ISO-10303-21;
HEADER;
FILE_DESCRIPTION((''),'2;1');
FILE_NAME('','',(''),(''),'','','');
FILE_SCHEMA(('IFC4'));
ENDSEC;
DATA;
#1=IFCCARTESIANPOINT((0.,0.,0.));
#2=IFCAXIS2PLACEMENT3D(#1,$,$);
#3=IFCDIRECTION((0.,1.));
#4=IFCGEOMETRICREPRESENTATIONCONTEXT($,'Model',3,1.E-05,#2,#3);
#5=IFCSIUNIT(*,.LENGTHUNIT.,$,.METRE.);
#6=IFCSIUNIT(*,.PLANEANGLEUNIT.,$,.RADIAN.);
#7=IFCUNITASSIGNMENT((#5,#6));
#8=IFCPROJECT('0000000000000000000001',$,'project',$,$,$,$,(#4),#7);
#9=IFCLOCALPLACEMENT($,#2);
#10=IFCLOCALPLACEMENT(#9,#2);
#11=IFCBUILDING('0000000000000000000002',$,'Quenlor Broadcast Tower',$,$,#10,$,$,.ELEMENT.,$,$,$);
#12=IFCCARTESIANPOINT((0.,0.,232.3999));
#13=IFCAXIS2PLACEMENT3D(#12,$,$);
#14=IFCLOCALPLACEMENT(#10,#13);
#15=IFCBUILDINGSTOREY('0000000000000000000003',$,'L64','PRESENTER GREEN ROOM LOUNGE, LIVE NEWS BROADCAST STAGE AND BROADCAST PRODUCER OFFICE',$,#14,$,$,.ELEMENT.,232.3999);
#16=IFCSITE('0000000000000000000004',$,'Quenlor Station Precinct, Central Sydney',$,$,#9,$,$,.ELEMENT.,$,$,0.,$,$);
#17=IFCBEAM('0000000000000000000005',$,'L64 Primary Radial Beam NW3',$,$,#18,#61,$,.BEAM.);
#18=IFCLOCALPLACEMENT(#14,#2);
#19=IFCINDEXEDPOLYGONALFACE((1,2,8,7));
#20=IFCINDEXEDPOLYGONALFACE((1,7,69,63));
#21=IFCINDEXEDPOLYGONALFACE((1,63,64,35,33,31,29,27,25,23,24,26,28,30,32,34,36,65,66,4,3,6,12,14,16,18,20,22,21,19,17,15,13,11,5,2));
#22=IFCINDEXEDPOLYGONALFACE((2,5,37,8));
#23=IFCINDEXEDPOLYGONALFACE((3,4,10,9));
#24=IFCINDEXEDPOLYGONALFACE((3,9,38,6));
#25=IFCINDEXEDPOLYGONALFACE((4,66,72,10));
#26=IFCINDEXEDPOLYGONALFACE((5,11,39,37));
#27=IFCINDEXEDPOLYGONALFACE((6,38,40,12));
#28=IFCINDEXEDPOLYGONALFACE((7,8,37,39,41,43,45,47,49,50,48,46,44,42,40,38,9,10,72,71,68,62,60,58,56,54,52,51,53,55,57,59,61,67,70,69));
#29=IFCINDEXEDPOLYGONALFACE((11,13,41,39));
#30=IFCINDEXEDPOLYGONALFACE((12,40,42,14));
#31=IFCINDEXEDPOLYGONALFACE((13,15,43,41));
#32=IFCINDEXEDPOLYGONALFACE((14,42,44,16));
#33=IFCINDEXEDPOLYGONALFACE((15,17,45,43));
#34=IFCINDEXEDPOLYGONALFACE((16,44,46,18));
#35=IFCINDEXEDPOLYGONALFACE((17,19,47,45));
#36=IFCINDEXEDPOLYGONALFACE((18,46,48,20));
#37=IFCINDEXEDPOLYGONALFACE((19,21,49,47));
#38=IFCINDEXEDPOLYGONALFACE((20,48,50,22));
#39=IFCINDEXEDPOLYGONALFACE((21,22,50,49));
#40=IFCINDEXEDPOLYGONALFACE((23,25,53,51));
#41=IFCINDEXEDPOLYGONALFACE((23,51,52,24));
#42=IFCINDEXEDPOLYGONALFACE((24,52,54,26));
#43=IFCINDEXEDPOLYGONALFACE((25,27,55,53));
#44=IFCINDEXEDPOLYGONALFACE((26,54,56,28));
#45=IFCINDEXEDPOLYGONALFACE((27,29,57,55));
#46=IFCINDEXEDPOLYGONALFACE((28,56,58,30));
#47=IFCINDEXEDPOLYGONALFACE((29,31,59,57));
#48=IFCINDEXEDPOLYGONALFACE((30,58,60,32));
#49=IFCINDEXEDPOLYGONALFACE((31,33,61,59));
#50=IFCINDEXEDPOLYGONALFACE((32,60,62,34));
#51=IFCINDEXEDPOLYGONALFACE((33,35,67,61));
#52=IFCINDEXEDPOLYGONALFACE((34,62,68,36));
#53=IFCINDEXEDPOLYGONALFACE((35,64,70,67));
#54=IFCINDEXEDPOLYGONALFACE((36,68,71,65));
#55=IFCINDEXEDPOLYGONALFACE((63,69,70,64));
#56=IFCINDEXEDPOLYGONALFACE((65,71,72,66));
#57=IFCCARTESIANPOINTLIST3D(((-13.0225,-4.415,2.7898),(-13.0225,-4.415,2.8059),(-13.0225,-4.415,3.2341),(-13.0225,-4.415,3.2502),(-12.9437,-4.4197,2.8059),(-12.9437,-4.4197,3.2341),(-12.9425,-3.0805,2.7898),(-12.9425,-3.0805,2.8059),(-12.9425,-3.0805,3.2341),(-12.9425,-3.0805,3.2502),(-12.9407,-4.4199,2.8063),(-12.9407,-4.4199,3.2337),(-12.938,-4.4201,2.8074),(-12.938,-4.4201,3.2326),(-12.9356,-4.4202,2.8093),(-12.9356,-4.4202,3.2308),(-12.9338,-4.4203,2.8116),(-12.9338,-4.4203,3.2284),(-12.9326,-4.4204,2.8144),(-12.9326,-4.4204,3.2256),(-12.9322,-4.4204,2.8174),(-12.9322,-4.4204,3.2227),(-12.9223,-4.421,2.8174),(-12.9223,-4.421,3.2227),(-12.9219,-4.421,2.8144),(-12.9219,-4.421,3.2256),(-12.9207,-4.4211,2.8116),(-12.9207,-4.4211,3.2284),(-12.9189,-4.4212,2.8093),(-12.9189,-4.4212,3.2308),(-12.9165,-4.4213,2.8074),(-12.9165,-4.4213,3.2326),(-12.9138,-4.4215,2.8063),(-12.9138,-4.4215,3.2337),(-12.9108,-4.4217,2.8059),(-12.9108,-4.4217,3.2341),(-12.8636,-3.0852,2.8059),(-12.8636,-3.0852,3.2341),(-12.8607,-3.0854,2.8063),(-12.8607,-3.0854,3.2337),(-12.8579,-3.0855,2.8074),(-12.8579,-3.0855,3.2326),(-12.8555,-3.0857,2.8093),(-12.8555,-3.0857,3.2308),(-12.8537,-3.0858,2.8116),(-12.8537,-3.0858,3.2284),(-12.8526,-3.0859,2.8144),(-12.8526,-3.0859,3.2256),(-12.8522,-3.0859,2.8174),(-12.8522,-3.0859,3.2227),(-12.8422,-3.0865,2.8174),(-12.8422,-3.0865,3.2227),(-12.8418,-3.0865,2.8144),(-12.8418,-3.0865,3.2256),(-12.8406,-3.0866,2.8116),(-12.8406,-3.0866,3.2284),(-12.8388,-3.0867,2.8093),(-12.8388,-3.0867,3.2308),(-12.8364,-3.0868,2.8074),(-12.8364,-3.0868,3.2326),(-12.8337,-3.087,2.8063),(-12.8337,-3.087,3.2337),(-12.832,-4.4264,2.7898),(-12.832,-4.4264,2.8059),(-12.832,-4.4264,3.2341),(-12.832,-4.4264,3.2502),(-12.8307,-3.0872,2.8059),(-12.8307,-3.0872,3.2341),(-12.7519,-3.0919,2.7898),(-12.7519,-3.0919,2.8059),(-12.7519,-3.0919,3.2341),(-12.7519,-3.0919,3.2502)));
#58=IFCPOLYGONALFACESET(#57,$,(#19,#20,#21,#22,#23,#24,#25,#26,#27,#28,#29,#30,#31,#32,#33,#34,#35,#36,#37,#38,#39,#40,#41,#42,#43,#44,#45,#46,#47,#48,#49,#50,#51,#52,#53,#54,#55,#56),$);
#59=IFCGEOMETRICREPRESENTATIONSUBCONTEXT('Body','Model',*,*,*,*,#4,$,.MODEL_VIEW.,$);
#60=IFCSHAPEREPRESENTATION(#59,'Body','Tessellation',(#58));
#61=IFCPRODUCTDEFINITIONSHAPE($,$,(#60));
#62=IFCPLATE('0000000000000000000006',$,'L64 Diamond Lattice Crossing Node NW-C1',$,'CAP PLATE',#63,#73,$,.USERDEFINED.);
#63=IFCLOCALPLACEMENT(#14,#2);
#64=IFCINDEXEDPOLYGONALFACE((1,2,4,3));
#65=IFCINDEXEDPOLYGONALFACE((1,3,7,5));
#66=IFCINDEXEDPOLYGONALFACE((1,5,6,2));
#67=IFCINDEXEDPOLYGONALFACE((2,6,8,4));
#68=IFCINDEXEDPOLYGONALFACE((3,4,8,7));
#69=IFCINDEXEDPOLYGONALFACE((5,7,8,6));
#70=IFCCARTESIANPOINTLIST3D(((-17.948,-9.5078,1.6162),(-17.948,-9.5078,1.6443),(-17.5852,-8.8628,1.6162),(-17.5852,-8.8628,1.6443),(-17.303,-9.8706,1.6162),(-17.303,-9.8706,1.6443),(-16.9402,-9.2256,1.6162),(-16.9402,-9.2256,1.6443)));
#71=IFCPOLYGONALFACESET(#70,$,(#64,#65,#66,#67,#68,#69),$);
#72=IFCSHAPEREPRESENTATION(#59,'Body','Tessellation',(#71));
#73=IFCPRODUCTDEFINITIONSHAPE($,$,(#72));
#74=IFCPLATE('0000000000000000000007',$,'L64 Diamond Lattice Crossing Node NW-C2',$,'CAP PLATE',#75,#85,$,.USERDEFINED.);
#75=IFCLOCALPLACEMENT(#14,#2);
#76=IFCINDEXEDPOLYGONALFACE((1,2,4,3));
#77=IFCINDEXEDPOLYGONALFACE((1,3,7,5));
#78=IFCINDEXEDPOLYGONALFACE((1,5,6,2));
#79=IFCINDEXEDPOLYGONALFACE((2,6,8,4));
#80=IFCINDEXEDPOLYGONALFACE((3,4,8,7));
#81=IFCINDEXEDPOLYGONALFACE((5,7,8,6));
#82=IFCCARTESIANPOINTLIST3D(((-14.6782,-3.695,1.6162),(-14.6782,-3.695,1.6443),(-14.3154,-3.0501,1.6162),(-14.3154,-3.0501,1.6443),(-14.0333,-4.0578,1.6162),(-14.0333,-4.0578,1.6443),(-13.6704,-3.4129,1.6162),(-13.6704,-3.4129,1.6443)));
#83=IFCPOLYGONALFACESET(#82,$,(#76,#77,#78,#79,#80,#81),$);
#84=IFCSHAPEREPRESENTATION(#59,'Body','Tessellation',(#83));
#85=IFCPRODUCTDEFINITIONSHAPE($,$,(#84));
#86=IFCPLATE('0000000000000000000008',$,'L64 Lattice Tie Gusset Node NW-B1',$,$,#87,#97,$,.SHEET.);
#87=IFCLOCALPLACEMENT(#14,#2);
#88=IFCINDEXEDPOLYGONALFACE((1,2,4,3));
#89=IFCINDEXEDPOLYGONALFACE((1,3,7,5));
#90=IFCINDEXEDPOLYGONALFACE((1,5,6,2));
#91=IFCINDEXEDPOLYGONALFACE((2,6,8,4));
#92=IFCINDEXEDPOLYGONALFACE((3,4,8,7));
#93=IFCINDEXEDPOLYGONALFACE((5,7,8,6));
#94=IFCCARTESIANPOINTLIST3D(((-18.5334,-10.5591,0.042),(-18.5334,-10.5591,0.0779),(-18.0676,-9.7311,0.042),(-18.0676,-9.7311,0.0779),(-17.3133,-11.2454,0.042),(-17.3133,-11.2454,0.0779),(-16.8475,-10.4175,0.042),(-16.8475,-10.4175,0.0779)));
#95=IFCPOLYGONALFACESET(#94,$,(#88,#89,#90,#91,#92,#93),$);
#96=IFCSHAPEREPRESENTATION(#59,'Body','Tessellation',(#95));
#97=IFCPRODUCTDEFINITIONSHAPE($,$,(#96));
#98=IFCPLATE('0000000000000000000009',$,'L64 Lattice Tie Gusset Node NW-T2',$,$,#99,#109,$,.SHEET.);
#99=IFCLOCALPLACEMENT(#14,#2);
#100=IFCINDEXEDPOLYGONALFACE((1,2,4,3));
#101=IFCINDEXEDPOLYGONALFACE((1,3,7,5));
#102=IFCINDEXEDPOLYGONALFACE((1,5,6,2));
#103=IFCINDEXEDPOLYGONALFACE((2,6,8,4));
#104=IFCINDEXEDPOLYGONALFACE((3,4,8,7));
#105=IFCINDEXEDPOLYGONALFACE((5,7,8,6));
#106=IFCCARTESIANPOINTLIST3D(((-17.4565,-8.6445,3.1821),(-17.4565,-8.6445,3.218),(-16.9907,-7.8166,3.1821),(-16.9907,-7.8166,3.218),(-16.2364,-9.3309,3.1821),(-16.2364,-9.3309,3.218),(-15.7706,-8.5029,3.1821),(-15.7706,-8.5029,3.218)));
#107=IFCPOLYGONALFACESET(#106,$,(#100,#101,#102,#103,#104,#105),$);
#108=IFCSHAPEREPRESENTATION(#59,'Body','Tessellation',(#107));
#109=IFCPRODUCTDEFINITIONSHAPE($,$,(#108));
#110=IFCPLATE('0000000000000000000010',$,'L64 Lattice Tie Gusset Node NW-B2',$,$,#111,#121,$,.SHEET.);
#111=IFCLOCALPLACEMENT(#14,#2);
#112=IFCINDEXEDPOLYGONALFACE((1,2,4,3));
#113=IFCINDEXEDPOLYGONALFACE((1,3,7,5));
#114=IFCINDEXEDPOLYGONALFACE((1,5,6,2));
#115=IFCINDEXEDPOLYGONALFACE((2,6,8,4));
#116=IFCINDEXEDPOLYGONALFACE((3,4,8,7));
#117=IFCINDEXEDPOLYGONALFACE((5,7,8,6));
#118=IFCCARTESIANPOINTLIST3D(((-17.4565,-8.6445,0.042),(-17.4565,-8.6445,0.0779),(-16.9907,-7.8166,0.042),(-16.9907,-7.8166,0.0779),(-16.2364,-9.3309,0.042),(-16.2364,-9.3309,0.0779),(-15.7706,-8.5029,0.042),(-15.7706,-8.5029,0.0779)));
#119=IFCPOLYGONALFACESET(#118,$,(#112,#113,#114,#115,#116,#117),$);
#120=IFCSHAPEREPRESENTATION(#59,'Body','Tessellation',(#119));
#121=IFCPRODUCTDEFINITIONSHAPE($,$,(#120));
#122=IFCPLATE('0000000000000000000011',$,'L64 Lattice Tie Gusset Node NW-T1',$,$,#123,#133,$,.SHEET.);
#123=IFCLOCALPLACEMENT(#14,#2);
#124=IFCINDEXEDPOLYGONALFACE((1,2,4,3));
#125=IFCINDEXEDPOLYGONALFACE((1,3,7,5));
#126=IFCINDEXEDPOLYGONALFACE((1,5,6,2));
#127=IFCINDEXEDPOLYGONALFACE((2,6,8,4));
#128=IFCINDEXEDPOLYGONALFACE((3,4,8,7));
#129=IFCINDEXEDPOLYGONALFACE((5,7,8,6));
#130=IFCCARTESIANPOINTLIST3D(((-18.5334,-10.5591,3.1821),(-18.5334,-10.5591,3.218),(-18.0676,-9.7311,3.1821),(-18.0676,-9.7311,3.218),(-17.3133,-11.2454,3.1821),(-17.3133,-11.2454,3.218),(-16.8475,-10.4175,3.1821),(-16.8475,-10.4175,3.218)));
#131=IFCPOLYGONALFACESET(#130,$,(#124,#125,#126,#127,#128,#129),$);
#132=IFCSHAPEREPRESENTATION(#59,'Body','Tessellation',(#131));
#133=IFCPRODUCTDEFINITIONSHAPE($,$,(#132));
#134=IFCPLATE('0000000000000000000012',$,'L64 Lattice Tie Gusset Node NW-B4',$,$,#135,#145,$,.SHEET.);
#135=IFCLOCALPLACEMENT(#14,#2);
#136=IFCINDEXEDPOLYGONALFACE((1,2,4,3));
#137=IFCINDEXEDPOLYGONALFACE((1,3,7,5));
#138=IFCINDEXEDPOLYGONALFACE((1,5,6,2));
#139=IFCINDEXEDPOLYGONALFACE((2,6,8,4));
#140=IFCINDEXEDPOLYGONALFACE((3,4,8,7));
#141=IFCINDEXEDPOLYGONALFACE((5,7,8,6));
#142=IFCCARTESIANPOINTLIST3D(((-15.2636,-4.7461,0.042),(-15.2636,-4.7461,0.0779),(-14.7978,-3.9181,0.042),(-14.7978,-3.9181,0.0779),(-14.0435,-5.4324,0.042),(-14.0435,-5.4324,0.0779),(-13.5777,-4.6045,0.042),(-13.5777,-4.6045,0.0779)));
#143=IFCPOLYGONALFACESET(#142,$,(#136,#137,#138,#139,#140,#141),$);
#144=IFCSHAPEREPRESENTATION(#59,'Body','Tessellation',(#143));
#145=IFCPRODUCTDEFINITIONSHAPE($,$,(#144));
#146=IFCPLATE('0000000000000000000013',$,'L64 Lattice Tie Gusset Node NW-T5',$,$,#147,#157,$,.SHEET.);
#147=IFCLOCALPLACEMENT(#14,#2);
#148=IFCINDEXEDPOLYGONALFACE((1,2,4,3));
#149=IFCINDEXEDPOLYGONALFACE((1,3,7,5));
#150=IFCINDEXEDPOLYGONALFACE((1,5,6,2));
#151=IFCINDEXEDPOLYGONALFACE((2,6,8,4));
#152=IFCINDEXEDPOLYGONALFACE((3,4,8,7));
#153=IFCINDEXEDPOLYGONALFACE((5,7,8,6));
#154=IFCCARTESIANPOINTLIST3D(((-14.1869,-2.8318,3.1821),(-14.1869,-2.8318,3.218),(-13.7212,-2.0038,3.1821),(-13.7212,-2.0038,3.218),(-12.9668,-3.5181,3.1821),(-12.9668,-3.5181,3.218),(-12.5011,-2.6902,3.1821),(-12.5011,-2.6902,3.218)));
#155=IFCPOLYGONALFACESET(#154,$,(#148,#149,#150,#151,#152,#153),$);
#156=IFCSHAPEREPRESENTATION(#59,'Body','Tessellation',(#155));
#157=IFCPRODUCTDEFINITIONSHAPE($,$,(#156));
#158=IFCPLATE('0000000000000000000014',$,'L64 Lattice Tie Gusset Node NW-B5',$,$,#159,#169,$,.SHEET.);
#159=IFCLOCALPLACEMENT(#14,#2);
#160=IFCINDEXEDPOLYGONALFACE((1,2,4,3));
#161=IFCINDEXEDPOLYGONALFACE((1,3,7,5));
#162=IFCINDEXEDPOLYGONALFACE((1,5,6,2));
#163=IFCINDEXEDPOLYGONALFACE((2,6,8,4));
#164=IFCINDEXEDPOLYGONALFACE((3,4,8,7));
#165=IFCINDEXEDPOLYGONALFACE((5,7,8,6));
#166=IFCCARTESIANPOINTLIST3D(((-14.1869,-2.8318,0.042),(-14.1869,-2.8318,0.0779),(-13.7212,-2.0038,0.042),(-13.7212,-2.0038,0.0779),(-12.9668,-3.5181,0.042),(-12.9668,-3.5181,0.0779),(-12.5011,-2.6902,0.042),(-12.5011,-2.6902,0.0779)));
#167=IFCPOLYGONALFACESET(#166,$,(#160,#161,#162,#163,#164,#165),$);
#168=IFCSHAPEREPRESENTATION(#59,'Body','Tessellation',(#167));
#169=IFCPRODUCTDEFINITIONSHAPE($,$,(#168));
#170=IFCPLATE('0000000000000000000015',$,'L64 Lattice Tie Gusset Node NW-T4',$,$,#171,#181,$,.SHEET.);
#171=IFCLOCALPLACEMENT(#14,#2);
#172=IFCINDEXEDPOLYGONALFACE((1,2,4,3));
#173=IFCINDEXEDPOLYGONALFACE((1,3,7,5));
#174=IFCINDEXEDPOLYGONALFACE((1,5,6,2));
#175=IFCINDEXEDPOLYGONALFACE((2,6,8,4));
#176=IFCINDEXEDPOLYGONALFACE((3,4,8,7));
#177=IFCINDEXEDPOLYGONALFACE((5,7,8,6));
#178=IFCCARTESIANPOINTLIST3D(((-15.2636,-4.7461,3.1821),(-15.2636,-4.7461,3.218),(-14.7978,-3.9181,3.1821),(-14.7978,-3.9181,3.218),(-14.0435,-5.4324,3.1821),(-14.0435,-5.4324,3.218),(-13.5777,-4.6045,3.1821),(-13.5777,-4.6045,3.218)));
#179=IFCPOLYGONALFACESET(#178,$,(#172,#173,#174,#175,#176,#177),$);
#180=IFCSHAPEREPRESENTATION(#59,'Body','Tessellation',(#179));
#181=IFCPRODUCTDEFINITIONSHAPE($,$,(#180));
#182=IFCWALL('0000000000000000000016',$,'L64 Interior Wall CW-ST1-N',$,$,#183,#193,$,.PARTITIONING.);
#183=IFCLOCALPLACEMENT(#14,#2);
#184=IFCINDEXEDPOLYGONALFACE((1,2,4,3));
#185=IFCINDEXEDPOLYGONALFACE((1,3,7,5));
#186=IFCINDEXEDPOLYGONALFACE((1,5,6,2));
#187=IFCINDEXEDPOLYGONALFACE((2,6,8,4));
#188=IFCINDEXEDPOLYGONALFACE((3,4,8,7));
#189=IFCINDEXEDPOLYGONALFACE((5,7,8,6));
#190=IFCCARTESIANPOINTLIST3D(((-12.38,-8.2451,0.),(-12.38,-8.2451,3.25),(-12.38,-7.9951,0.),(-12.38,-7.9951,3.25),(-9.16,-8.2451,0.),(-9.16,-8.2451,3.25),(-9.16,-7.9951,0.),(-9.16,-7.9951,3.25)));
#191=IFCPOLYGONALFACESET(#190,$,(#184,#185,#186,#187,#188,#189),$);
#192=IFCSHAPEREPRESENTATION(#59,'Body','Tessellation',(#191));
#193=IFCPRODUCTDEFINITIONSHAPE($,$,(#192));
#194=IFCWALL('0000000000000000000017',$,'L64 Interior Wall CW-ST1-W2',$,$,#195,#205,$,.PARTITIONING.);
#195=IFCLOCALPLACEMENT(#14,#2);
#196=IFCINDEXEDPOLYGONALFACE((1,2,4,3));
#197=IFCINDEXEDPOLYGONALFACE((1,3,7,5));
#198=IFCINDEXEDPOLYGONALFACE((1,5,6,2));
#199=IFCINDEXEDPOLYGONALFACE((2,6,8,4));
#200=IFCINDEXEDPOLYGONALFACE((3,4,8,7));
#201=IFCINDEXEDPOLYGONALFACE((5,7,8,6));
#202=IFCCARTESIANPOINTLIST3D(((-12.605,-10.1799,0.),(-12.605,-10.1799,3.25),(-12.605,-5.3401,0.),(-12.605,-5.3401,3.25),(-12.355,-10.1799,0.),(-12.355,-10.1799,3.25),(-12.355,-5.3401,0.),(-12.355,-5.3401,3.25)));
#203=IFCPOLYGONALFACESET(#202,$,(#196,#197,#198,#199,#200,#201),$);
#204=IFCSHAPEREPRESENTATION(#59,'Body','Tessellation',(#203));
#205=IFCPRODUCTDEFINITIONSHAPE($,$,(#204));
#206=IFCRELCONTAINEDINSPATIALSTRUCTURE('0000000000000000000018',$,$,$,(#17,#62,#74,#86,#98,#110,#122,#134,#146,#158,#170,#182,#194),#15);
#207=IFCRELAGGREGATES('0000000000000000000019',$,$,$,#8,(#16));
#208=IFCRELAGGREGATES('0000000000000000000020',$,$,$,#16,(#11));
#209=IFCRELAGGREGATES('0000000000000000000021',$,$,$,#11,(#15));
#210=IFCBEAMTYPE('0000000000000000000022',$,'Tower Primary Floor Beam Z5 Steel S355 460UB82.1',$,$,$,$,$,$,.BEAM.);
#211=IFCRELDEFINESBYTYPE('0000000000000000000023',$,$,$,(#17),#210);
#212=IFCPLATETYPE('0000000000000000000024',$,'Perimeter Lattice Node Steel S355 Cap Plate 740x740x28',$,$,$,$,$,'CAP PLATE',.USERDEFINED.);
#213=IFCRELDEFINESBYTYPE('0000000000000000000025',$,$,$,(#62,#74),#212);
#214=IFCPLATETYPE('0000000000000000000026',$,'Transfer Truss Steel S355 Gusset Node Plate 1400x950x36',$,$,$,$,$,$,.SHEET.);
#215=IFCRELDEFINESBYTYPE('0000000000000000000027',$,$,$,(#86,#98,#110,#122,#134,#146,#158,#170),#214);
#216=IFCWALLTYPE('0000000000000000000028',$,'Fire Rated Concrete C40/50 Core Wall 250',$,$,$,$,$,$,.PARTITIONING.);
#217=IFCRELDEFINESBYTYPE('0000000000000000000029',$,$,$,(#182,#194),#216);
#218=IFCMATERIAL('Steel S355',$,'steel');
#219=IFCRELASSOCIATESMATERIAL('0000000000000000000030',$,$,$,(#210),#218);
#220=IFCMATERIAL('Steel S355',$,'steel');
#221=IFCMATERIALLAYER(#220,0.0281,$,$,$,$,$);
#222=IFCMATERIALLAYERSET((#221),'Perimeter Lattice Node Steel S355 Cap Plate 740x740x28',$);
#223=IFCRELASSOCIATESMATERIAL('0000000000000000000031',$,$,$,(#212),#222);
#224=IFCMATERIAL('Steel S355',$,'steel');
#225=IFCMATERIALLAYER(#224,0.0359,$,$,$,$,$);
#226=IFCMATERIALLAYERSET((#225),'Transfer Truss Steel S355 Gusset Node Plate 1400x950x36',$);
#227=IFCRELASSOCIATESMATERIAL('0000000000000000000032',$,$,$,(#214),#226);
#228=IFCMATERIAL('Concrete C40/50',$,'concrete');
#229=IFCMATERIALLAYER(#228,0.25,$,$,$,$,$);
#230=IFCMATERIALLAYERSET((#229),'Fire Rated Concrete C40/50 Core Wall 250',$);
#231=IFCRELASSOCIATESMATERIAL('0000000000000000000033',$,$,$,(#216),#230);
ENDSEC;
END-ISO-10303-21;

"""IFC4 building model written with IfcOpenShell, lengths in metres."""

from ifc_helpers import new_model, si_unit, direction, frame, frame_2d, origin, origin_2d, place, context, subcontext, project, spatial, rectangle, i_section, extrude, material, layer, layer_set, material_profile, profile_set, type_object, element, save


model = new_model("IFC4")

# Units and contexts
model_context = context("Model", 3, precision=1e-05, world=origin(), true_north=direction((0.0, 1.0)))
body_context = subcontext(model_context, "Body", "Model", "MODEL_VIEW")
ifc_project = project(units=[si_unit("LENGTHUNIT", "METRE"), si_unit("PLANEANGLEUNIT", "RADIAN")], contexts=[model_context])

# Site, building, storey
site_placement = place(None, origin())
site = spatial("IfcSite", under=ifc_project, at=site_placement, Name="Quenlor Station Precinct, Central Sydney", CompositionType="ELEMENT", RefElevation=0.0)
building_placement = place(site_placement, origin())
building = spatial("IfcBuilding", under=site, at=building_placement, Name="Quenlor Broadcast Tower", CompositionType="ELEMENT")
storey_placement = place(building_placement, frame((0.0, 0.0, 232.3999)))
storey = spatial("IfcBuildingStorey", under=building, at=storey_placement, Name="L64", Description="PRESENTER GREEN ROOM LOUNGE, LIVE NEWS BROADCAST STAGE AND BROADCAST PRODUCER OFFICE", CompositionType="ELEMENT", Elevation=232.3999)

# Beam
ifc_material_1 = material(Name="Steel S355", Category="steel")
ifc_material_profile_1 = material_profile(ifc_material_1, i_section(OverallWidth=0.1909, OverallDepth=0.4604, WebThickness=0.01, FlangeThickness=0.0161, FilletRadius=0.0115, at=origin_2d()))
ifc_profile_set_1 = profile_set([ifc_material_profile_1], Name="Steel S355 460UB82.1")
beam_type_1 = type_object("IfcBeamType", Name="Tower Primary Floor Beam Z5 Steel S355 460UB82.1", PredefinedType="BEAM", material=ifc_profile_set_1)
beam_1_placement = place(storey_placement, frame((-12.8472, -3.0862, 3.02), z_axis=(-0.0599, -0.998204, 0.0), x_axis=(0.998204, -0.0599, 0.0)))
element("IfcBeam", 1, at=beam_1_placement, inside=storey, type_object=beam_type_1, Name="L64 Primary Radial Beam NW3", PredefinedType="BEAM", context=body_context, shape_type="SweptSolid", body=[
    extrude(i_section(OverallWidth=0.1909, OverallDepth=0.4604, WebThickness=0.01, FlangeThickness=0.0161, FilletRadius=0.0115, at=origin_2d()), origin(), (0.0, 0.0, 1.0), 1.3369),
])

# Plates
ifc_material_2 = material(Name="Steel S355", Category="steel")
ifc_layer_1 = layer(ifc_material_2, 0.0281)
ifc_layer_set_1 = layer_set([ifc_layer_1], Name="Perimeter Lattice Node Steel S355 Cap Plate 740x740x28")
plate_type_1 = type_object("IfcPlateType", Name="Perimeter Lattice Node Steel S355 Cap Plate 740x740x28", ElementType="CAP PLATE", PredefinedType="USERDEFINED", material=ifc_layer_set_1)
for number, where, z_axis, x_axis, name in (
    (2, (-17.4441, -9.3667, 1.6162), (0.0, 0.0, 1.0), (0.490295, 0.871556, 0.0), "L64 Diamond Lattice Crossing Node NW-C1"),
    (3, (-14.1743, -3.554, 1.6162), (0.0, 0.0, 1.0), (0.490295, 0.871556, 0.0), "L64 Diamond Lattice Crossing Node NW-C2"),
):
    element("IfcPlate", number, at=place(storey_placement, frame(where, z_axis=z_axis, x_axis=x_axis)), inside=storey, type_object=plate_type_1, Name=name, ObjectType="CAP PLATE", PredefinedType="USERDEFINED", context=body_context, shape_type="SweptSolid", body=[
        extrude(rectangle(XDim=0.74, YDim=0.74, at=origin_2d()), origin(), (0.0, 0.0, 1.0), 0.0281),
    ])
ifc_material_3 = material(Name="Steel S355", Category="steel")
ifc_layer_2 = layer(ifc_material_3, 0.0359)
ifc_layer_set_2 = layer_set([ifc_layer_2], Name="Transfer Truss Steel S355 Gusset Node Plate 1400x950x36")
plate_type_2 = type_object("IfcPlateType", Name="Transfer Truss Steel S355 Gusset Node Plate 1400x950x36", PredefinedType="SHEET", material=ifc_layer_set_2)
for number, where, z_axis, x_axis, name in (
    (4, (-17.6904, -10.4883, 0.042), (0.0, 0.0, 1.0), (-0.871556, 0.490295, 0.0), "L64 Lattice Tie Gusset Node NW-B1"),
    (5, (-16.6135, -8.5737, 3.1821), (0.0, 0.0, 1.0), (-0.871556, 0.490295, 0.0), "L64 Lattice Tie Gusset Node NW-T2"),
    (6, (-16.6135, -8.5737, 0.042), (0.0, 0.0, 1.0), (-0.871556, 0.490295, 0.0), "L64 Lattice Tie Gusset Node NW-B2"),
    (7, (-17.6904, -10.4883, 3.1821), (0.0, 0.0, 1.0), (-0.871556, 0.490295, 0.0), "L64 Lattice Tie Gusset Node NW-T1"),
    (8, (-14.4207, -4.6753, 0.042), (0.0, 0.0, 1.0), (-0.871556, 0.490295, 0.0), "L64 Lattice Tie Gusset Node NW-B4"),
    (9, (-13.344, -2.761, 3.1821), (0.0, 0.0, 1.0), (-0.871556, 0.490295, 0.0), "L64 Lattice Tie Gusset Node NW-T5"),
    (10, (-13.344, -2.761, 0.042), (0.0, 0.0, 1.0), (-0.871556, 0.490295, 0.0), "L64 Lattice Tie Gusset Node NW-B5"),
    (11, (-14.4207, -4.6753, 3.1821), (0.0, 0.0, 1.0), (-0.871556, 0.490295, 0.0), "L64 Lattice Tie Gusset Node NW-T4"),
):
    element("IfcPlate", number, at=place(storey_placement, frame(where, z_axis=z_axis, x_axis=x_axis)), inside=storey, type_object=plate_type_2, Name=name, PredefinedType="SHEET", context=body_context, shape_type="SweptSolid", body=[
        extrude(rectangle(XDim=1.3999, YDim=0.95, at=origin_2d()), origin(), (0.0, 0.0, 1.0), 0.0359),
    ])

# Walls
ifc_material_4 = material(Name="Concrete C40/50", Category="concrete")
ifc_layer_3 = layer(ifc_material_4, 0.25)
ifc_layer_set_3 = layer_set([ifc_layer_3], Name="Fire Rated Concrete C40/50 Core Wall 250")
wall_type_1 = type_object("IfcWallType", Name="Fire Rated Concrete C40/50 Core Wall 250", PredefinedType="PARTITIONING", material=ifc_layer_set_3)
wall_1_placement = place(storey_placement, frame((-12.3799, -8.1201, 0.0), z_axis=(0.0, 0.0, 1.0), x_axis=(1.0, 0.0, 0.0)))
element("IfcWall", 12, at=wall_1_placement, inside=storey, type_object=wall_type_1, Name="L64 Interior Wall CW-ST1-N", PredefinedType="PARTITIONING", context=body_context, shape_type="SweptSolid", body=[
    extrude(rectangle(XDim=3.22, YDim=0.25, at=frame_2d((1.6099, 0.0))), origin(), (0.0, 0.0, 1.0), 3.25),
])
wall_2_placement = place(storey_placement, frame((-12.48, -10.1799, 0.0), z_axis=(0.0, 0.0, 1.0), x_axis=(0.0, 1.0, 0.0)))
element("IfcWall", 13, at=wall_2_placement, inside=storey, type_object=wall_type_1, Name="L64 Interior Wall CW-ST1-W2", PredefinedType="PARTITIONING", context=body_context, shape_type="SweptSolid", body=[
    extrude(rectangle(XDim=4.8398, YDim=0.25, at=frame_2d((2.4199, 0.0))), origin(), (0.0, 0.0, 1.0), 3.25),
])

save(model, "model.ifc")
